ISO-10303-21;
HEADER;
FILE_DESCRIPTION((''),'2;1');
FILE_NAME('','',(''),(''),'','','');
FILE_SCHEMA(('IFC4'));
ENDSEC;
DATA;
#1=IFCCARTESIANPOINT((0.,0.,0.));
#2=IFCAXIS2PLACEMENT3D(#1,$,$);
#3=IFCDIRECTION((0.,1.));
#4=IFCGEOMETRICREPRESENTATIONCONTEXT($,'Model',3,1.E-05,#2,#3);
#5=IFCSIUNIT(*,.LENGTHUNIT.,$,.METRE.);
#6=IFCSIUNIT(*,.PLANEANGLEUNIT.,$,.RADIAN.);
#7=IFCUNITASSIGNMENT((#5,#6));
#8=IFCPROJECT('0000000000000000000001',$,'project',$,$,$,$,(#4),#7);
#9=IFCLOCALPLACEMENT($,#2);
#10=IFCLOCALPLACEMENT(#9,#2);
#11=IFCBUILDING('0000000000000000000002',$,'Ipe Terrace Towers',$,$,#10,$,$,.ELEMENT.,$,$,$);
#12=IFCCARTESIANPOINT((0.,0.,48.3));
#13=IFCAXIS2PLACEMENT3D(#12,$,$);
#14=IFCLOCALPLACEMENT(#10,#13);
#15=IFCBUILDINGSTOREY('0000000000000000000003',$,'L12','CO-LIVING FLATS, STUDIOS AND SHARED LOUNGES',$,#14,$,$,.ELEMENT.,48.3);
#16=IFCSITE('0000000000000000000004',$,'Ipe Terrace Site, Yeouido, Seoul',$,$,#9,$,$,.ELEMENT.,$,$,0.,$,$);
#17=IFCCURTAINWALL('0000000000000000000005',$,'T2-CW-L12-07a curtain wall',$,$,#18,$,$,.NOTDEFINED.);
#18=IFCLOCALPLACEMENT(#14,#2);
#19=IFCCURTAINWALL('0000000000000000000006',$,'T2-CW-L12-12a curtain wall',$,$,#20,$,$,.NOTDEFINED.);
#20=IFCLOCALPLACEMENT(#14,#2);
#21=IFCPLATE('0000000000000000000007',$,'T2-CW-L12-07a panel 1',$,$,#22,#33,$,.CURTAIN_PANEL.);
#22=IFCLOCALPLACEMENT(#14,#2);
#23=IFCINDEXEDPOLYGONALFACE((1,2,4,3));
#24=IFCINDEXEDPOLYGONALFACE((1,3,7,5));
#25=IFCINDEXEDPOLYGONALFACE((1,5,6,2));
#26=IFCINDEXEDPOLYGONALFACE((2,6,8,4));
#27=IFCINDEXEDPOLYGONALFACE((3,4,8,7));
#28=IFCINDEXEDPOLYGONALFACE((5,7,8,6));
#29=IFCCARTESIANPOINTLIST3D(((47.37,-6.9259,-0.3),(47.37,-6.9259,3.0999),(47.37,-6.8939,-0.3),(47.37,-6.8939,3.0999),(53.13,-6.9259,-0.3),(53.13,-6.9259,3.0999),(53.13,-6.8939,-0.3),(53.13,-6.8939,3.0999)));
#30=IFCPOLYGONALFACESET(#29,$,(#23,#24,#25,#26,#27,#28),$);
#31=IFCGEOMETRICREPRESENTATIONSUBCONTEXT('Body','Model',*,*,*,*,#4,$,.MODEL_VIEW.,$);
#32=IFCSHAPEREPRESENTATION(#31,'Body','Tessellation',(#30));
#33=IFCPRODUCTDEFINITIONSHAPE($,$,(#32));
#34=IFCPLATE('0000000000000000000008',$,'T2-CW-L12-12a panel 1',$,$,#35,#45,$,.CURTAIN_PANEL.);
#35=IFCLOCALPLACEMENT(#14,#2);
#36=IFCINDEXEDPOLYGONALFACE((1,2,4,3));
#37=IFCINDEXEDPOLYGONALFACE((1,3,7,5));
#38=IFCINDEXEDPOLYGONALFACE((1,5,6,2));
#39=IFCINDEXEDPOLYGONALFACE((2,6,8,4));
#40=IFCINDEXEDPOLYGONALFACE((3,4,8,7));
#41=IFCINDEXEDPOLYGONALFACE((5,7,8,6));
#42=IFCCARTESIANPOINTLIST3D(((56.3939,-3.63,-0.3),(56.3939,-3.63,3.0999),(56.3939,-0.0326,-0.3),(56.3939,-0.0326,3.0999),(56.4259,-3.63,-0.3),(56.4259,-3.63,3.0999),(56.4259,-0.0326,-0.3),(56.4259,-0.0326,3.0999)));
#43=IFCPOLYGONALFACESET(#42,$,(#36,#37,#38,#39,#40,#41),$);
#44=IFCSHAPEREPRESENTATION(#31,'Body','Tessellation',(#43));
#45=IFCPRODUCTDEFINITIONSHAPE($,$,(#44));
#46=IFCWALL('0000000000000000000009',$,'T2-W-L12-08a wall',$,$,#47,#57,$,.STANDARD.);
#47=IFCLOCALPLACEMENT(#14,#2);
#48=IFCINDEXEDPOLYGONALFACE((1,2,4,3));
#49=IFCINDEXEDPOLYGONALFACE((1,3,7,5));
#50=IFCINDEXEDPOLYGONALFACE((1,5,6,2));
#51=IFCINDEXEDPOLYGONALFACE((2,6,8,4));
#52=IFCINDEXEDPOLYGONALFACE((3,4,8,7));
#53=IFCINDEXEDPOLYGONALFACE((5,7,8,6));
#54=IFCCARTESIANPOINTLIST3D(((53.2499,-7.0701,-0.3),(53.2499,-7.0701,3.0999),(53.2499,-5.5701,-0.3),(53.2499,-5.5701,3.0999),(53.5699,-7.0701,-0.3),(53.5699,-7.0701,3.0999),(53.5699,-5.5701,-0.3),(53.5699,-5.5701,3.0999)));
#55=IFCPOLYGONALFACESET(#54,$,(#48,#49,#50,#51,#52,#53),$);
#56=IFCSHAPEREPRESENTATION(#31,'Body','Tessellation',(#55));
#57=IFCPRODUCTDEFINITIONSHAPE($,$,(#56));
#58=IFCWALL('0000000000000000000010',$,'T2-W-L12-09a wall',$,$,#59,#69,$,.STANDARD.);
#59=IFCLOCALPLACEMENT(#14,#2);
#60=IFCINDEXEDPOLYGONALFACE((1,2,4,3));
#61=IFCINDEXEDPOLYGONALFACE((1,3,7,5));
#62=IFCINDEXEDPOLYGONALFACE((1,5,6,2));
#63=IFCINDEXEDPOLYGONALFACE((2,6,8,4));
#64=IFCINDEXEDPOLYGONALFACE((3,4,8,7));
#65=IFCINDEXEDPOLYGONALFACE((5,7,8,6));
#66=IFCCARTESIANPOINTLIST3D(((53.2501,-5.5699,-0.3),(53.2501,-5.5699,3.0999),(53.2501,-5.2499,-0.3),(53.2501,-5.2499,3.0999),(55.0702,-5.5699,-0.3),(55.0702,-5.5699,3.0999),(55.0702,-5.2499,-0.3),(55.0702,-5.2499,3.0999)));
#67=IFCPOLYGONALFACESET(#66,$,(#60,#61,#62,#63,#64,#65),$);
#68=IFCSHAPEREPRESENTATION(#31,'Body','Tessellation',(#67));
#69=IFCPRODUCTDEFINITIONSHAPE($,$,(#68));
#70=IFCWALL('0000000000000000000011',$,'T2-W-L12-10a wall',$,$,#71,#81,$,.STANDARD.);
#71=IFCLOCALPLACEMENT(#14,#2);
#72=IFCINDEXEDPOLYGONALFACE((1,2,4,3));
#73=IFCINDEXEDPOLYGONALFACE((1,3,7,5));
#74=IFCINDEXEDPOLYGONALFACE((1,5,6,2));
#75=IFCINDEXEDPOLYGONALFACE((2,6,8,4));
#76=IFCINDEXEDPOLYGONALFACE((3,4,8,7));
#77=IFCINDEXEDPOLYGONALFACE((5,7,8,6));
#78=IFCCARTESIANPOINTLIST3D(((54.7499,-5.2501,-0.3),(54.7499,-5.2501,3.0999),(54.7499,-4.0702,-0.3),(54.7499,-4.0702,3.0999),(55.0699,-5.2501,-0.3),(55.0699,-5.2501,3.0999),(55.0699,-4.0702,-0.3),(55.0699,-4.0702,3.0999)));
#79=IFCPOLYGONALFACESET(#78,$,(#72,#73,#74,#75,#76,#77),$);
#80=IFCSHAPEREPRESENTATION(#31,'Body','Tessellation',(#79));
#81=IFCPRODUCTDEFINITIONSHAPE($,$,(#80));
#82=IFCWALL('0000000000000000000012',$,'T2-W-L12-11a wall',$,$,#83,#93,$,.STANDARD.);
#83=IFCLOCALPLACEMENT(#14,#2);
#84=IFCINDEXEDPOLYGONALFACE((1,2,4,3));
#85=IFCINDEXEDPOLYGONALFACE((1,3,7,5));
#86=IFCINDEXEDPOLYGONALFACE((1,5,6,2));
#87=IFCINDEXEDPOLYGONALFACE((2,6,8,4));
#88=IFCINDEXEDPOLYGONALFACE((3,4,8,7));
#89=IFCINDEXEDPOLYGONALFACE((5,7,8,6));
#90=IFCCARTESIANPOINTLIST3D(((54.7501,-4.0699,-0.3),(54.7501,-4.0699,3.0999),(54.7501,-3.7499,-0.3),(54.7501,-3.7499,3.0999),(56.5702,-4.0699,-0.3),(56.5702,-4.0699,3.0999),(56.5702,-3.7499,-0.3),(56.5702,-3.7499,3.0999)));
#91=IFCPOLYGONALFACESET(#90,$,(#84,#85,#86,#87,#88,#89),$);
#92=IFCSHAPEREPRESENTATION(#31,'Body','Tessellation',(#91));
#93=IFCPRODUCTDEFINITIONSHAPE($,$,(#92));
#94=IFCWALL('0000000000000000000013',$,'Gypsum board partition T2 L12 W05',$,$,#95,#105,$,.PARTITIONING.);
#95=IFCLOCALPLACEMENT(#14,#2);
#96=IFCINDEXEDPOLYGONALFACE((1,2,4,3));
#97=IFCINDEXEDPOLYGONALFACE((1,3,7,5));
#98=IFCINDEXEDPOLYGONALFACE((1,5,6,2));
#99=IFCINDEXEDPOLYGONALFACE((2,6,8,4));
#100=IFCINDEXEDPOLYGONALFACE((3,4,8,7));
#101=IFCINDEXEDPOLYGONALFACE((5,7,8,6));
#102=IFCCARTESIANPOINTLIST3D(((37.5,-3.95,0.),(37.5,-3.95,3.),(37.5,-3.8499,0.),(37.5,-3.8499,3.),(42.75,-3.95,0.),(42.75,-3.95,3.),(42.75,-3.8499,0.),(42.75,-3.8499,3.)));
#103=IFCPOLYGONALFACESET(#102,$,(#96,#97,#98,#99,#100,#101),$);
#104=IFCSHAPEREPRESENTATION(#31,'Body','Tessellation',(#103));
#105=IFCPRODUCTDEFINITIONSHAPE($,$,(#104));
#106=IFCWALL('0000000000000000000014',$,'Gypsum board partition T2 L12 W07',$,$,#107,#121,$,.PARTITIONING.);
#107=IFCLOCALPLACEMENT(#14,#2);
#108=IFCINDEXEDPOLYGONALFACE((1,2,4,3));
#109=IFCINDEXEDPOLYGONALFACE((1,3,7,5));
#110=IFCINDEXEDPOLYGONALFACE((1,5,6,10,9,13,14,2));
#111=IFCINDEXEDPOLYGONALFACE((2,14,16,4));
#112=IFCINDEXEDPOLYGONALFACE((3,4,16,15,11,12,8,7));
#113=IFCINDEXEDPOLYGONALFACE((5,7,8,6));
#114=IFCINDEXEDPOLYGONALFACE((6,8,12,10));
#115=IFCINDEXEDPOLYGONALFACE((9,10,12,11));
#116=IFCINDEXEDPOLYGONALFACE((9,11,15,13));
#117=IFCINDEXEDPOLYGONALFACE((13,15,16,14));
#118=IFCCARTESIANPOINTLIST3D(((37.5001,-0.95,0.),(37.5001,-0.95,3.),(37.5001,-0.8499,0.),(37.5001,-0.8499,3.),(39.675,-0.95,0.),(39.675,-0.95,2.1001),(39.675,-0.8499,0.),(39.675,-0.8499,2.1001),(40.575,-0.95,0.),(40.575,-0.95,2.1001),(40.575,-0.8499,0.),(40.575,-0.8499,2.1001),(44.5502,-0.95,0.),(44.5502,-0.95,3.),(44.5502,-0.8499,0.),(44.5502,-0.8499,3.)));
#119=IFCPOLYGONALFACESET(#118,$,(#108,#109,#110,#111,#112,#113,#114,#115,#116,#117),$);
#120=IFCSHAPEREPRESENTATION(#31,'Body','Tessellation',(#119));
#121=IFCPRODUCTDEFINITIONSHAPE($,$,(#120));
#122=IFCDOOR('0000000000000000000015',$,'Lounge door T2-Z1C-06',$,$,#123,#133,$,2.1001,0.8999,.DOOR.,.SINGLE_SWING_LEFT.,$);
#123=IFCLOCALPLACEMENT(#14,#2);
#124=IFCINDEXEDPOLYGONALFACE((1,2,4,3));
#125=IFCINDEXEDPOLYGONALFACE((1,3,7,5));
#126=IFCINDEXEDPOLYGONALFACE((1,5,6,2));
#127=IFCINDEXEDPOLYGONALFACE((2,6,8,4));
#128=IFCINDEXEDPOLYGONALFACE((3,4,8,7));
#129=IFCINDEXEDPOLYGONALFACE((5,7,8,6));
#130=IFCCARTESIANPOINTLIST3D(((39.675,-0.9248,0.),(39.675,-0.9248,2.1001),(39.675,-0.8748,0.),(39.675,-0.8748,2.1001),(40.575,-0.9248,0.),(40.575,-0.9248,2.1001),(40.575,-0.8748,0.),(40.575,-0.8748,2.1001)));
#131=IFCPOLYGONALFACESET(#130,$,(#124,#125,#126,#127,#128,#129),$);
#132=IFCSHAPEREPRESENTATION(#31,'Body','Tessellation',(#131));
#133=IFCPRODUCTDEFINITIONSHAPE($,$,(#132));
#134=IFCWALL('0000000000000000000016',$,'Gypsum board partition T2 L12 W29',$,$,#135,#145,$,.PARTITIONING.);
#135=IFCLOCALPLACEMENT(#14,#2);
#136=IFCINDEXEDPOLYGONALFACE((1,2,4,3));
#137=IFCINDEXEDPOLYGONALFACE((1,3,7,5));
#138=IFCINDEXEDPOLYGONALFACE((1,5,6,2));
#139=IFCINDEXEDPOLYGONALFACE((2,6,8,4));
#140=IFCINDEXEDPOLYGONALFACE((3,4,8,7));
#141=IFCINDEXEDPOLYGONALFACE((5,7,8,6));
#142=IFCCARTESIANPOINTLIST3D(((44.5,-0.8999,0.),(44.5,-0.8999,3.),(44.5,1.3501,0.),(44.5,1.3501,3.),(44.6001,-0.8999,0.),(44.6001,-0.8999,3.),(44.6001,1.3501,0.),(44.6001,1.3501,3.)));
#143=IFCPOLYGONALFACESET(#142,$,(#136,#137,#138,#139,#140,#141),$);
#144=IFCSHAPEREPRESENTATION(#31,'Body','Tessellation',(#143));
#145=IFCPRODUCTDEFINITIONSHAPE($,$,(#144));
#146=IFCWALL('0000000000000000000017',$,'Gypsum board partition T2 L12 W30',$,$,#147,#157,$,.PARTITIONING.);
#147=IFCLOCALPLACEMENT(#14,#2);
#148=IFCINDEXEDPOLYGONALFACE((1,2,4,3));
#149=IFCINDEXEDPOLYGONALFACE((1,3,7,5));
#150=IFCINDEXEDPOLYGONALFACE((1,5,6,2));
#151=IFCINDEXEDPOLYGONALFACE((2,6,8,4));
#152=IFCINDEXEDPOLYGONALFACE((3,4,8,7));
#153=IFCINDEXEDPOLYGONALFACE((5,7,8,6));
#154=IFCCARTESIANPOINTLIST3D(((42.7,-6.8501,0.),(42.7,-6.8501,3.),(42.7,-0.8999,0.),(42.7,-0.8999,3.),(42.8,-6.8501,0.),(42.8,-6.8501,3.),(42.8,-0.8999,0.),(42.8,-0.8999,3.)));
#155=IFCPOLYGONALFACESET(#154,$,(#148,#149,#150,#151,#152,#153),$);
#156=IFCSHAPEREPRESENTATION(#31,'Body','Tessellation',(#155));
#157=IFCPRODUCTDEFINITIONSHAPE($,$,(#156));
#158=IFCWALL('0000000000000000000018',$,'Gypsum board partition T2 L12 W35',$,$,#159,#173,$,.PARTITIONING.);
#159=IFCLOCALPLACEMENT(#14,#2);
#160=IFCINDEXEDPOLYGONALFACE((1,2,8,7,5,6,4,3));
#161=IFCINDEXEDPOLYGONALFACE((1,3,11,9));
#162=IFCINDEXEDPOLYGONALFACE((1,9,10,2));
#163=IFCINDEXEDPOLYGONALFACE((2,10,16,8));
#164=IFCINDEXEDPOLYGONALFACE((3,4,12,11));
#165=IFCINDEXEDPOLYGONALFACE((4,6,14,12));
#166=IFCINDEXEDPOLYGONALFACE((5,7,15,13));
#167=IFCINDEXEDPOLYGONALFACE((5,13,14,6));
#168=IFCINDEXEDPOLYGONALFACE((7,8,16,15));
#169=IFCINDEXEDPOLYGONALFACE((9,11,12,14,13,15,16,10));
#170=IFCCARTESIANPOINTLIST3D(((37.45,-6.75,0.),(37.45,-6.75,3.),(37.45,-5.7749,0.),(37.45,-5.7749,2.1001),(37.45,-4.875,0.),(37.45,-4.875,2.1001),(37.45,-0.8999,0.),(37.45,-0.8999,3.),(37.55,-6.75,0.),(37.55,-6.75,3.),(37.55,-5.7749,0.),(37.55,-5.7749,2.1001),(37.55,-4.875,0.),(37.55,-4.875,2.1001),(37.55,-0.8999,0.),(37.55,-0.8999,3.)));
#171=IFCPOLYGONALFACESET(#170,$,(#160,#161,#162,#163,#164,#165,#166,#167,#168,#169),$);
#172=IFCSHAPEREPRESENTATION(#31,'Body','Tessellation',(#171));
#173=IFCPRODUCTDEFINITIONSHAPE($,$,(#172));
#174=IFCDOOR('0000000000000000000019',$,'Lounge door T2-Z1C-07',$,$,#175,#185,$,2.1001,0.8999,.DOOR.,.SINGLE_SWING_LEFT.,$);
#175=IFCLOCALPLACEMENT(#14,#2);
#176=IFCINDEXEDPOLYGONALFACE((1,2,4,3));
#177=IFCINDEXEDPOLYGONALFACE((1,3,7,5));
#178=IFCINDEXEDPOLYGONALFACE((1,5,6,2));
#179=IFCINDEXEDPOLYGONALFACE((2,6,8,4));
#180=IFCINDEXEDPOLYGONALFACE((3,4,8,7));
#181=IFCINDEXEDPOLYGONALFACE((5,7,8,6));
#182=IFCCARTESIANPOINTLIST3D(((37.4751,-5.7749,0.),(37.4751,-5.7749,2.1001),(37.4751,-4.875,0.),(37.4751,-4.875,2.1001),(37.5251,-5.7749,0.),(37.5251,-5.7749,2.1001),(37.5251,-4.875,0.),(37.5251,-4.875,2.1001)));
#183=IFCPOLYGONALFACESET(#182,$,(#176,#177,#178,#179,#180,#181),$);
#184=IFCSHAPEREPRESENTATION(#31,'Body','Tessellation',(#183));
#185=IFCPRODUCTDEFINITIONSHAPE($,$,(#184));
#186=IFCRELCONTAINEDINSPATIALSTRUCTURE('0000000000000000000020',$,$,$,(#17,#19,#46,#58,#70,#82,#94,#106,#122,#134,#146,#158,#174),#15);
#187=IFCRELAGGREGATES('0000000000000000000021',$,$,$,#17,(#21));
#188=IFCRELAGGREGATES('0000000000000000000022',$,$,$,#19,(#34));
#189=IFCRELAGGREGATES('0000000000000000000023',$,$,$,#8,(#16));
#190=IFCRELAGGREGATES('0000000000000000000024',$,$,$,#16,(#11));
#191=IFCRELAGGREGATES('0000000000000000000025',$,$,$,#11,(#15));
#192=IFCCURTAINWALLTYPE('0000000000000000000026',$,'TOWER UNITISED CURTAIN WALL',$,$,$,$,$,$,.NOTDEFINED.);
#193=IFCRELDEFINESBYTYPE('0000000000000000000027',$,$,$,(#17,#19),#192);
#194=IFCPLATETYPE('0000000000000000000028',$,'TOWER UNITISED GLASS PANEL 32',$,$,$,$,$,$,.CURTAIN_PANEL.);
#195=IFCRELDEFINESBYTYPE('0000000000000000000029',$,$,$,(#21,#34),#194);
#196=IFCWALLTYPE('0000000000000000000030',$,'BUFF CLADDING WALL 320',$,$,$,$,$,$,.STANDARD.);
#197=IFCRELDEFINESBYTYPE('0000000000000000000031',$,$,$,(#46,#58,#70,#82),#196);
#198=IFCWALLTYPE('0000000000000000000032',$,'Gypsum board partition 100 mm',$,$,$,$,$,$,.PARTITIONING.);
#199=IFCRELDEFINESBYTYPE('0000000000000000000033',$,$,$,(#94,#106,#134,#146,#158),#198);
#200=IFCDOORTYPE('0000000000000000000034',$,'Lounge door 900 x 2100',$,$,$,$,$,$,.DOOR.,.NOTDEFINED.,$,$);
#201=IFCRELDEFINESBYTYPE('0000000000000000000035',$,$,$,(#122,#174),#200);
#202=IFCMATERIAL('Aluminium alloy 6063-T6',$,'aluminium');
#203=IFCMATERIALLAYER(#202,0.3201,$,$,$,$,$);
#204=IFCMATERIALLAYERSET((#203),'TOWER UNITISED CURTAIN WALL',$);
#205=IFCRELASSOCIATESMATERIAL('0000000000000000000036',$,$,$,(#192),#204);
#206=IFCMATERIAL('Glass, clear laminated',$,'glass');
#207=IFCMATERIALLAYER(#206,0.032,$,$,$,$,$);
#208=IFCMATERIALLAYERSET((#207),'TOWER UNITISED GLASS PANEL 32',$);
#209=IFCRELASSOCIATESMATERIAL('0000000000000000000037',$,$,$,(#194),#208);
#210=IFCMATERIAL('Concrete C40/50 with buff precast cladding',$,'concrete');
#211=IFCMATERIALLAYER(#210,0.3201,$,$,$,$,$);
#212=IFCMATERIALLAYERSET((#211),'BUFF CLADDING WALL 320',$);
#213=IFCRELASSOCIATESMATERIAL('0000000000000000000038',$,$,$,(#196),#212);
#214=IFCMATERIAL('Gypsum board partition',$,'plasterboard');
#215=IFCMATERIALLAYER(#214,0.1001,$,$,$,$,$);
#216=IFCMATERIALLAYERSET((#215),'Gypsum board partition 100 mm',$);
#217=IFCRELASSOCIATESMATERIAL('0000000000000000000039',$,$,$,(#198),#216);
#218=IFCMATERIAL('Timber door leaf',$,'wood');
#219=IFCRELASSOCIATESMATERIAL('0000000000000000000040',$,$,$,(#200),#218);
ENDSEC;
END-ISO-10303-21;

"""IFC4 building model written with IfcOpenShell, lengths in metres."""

from ifc_helpers import new_model, si_unit, direction, frame, frame_2d, origin, origin_2d, place, context, subcontext, project, spatial, rectangle, extrude, material, layer, layer_set, type_object, element, fill, aggregate, save


model = new_model("IFC4")

# Units and contexts
model_context = context("Model", 3, precision=1e-05, world=origin(), true_north=direction((0.0, 1.0)))
body_context = subcontext(model_context, "Body", "Model", "MODEL_VIEW")
ifc_project = project(units=[si_unit("LENGTHUNIT", "METRE"), si_unit("PLANEANGLEUNIT", "RADIAN")], contexts=[model_context])

# Site, building, storey
site_placement = place(None, origin())
site = spatial("IfcSite", under=ifc_project, at=site_placement, Name="Ipe Terrace Site, Yeouido, Seoul", CompositionType="ELEMENT", RefElevation=0.0)
building_placement = place(site_placement, origin())
building = spatial("IfcBuilding", under=site, at=building_placement, Name="Ipe Terrace Towers", CompositionType="ELEMENT")
storey_placement = place(building_placement, frame((0.0, 0.0, 48.3)))
storey = spatial("IfcBuildingStorey", under=building, at=storey_placement, Name="L12", Description="CO-LIVING FLATS, STUDIOS AND SHARED LOUNGES", CompositionType="ELEMENT", Elevation=48.3)

# Curtain wall
ifc_material_1 = material(Name="Aluminium alloy 6063-T6", Category="aluminium")
ifc_layer_1 = layer(ifc_material_1, 0.3201)
ifc_layer_set_1 = layer_set([ifc_layer_1], Name="TOWER UNITISED CURTAIN WALL")
curtain_wall_type = type_object("IfcCurtainWallType", Name="TOWER UNITISED CURTAIN WALL", PredefinedType="NOTDEFINED", material=ifc_layer_set_1)
curtain_wall_1_placement = place(storey_placement, origin())
curtain_wall_1 = element("IfcCurtainWall", 1, at=curtain_wall_1_placement, inside=storey, type_object=curtain_wall_type, Name="T2-CW-L12-07a curtain wall", PredefinedType="NOTDEFINED")

# Curtain wall
curtain_wall_2_placement = place(storey_placement, origin())
curtain_wall_2 = element("IfcCurtainWall", 2, at=curtain_wall_2_placement, inside=storey, type_object=curtain_wall_type, Name="T2-CW-L12-12a curtain wall", PredefinedType="NOTDEFINED")

# Plates
ifc_material_2 = material(Name="Glass, clear laminated", Category="glass")
ifc_layer_2 = layer(ifc_material_2, 0.032)
ifc_layer_set_2 = layer_set([ifc_layer_2], Name="TOWER UNITISED GLASS PANEL 32")
plate_type = type_object("IfcPlateType", Name="TOWER UNITISED GLASS PANEL 32", PredefinedType="CURTAIN_PANEL", material=ifc_layer_set_2)
plate_1_placement = place(storey_placement, frame((50.25, -6.9099, -0.3), z_axis=(0.0, 0.0, 1.0), x_axis=(1.0, 0.0, 0.0)))
plate_1 = element("IfcPlate", 3, at=plate_1_placement, type_object=plate_type, Name="T2-CW-L12-07a panel 1", PredefinedType="CURTAIN_PANEL", context=body_context, shape_type="SweptSolid", body=[
    extrude(rectangle(XDim=5.76, YDim=0.032, at=origin_2d()), origin(), (0.0, 0.0, 1.0), 3.3999),
])
aggregate(curtain_wall_1, [plate_1])
plate_2_placement = place(storey_placement, frame((56.4099, -1.8313, -0.3), z_axis=(0.0, 0.0, 1.0), x_axis=(0.0, 1.0, 0.0)))
plate_2 = element("IfcPlate", 4, at=plate_2_placement, type_object=plate_type, Name="T2-CW-L12-12a panel 1", PredefinedType="CURTAIN_PANEL", context=body_context, shape_type="SweptSolid", body=[
    extrude(rectangle(XDim=3.5974, YDim=0.032, at=origin_2d()), origin(), (0.0, 0.0, 1.0), 3.3999),
])
aggregate(curtain_wall_2, [plate_2])

# Walls
ifc_material_3 = material(Name="Concrete C40/50 with buff precast cladding", Category="concrete")
ifc_layer_3 = layer(ifc_material_3, 0.3201)
ifc_layer_set_3 = layer_set([ifc_layer_3], Name="BUFF CLADDING WALL 320")
wall_type_1 = type_object("IfcWallType", Name="BUFF CLADDING WALL 320", PredefinedType="STANDARD", material=ifc_layer_set_3)
wall_1_placement = place(storey_placement, frame((53.4099, -7.0701, -0.3), z_axis=(0.0, 0.0, 1.0), x_axis=(0.0, 1.0, 0.0)))
element("IfcWall", 5, at=wall_1_placement, inside=storey, type_object=wall_type_1, Name="T2-W-L12-08a wall", PredefinedType="STANDARD", context=body_context, shape_type="SweptSolid", body=[
    extrude(rectangle(XDim=1.5, YDim=0.3201, at=frame_2d((0.75, 0.0))), origin(), (0.0, 0.0, 1.0), 3.3999),
])
wall_2_placement = place(storey_placement, frame((53.25, -5.4099, -0.3), z_axis=(0.0, 0.0, 1.0), x_axis=(1.0, 0.0, 0.0)))
element("IfcWall", 6, at=wall_2_placement, inside=storey, type_object=wall_type_1, Name="T2-W-L12-09a wall", PredefinedType="STANDARD", context=body_context, shape_type="SweptSolid", body=[
    extrude(rectangle(XDim=1.8201, YDim=0.3201, at=frame_2d((0.9102, 0.0))), origin(), (0.0, 0.0, 1.0), 3.3999),
])
wall_3_placement = place(storey_placement, frame((54.9099, -5.25, -0.3), z_axis=(0.0, 0.0, 1.0), x_axis=(0.0, 1.0, 0.0)))
element("IfcWall", 7, at=wall_3_placement, inside=storey, type_object=wall_type_1, Name="T2-W-L12-10a wall", PredefinedType="STANDARD", context=body_context, shape_type="SweptSolid", body=[
    extrude(rectangle(XDim=1.1799, YDim=0.3201, at=frame_2d((0.5898, 0.0))), origin(), (0.0, 0.0, 1.0), 3.3999),
])
wall_4_placement = place(storey_placement, frame((54.75, -3.9099, -0.3), z_axis=(0.0, 0.0, 1.0), x_axis=(1.0, 0.0, 0.0)))
element("IfcWall", 8, at=wall_4_placement, inside=storey, type_object=wall_type_1, Name="T2-W-L12-11a wall", PredefinedType="STANDARD", context=body_context, shape_type="SweptSolid", body=[
    extrude(rectangle(XDim=1.8201, YDim=0.3201, at=frame_2d((0.9102, 0.0))), origin(), (0.0, 0.0, 1.0), 3.3999),
])
ifc_material_4 = material(Name="Gypsum board partition", Category="plasterboard")
ifc_layer_4 = layer(ifc_material_4, 0.1001)
ifc_layer_set_4 = layer_set([ifc_layer_4], Name="Gypsum board partition 100 mm")
wall_type_2 = type_object("IfcWallType", Name="Gypsum board partition 100 mm", PredefinedType="PARTITIONING", material=ifc_layer_set_4)
wall_5_placement = place(storey_placement, frame((42.75, -3.8999, 0.0), z_axis=(0.0, 0.0, 1.0), x_axis=(-1.0, 0.0, 0.0)))
element("IfcWall", 9, at=wall_5_placement, inside=storey, type_object=wall_type_2, Name="Gypsum board partition T2 L12 W05", PredefinedType="PARTITIONING", context=body_context, shape_type="SweptSolid", body=[
    extrude(rectangle(XDim=5.25, YDim=0.1001, at=frame_2d((2.625, 0.0))), origin(), (0.0, 0.0, 1.0), 3.0),
])

# Wall, opening, door
wall_6_placement = place(storey_placement, frame((44.55, -0.8999, 0.0), z_axis=(0.0, 0.0, 1.0), x_axis=(-1.0, 0.0, 0.0)))
wall_6 = element("IfcWall", 10, at=wall_6_placement, inside=storey, type_object=wall_type_2, Name="Gypsum board partition T2 L12 W07", PredefinedType="PARTITIONING", context=body_context, shape_type="SweptSolid", body=[
    extrude(rectangle(XDim=7.05, YDim=0.1001, at=frame_2d((3.5249, 0.0))), origin(), (0.0, 0.0, 1.0), 3.0),
])
opening_1_placement = place(wall_6_placement, frame((3.9751, 0.0, 0.0)))
opening_1 = element("IfcOpeningElement", 11, at=opening_1_placement, cuts=wall_6, PredefinedType="OPENING", context=body_context, shape_type="SweptSolid", body=[
    extrude(rectangle(XDim=0.8999, YDim=2.1001, at=frame_2d((0.45, 1.05))), frame((0.0, 0.0601, 0.0), z_axis=(0.0, -1.0, 0.0), x_axis=(1.0, 0.0, 0.0)), (0.0, 0.0, 1.0), 0.1201),
])
ifc_material_5 = material(Name="Timber door leaf", Category="wood")
door_type_1 = type_object("IfcDoorType", Name="Lounge door 900 x 2100", OperationType="NOTDEFINED", PredefinedType="DOOR", material=ifc_material_5)
door_1_placement = place(opening_1_placement, origin())
door_1 = element("IfcDoor", 12, at=door_1_placement, inside=storey, type_object=door_type_1, Name="Lounge door T2-Z1C-06", OperationType="SINGLE_SWING_LEFT", OverallHeight=2.1001, OverallWidth=0.8999, PredefinedType="DOOR", context=body_context, shape_type="SweptSolid", body=[
    extrude(rectangle(XDim=0.8999, YDim=2.1001, at=frame_2d((0.45, 1.05))), frame((0.0, 0.0249, 0.0), z_axis=(0.0, -1.0, 0.0), x_axis=(1.0, 0.0, 0.0)), (0.0, 0.0, 1.0), 0.05),
])
fill(opening_1, door_1)

# Walls
wall_7_placement = place(storey_placement, frame((44.55, -0.8999, 0.0), z_axis=(0.0, 0.0, 1.0), x_axis=(0.0, 1.0, 0.0)))
element("IfcWall", 13, at=wall_7_placement, inside=storey, type_object=wall_type_2, Name="Gypsum board partition T2 L12 W29", PredefinedType="PARTITIONING", context=body_context, shape_type="SweptSolid", body=[
    extrude(rectangle(XDim=2.25, YDim=0.1001, at=frame_2d((1.125, 0.0))), origin(), (0.0, 0.0, 1.0), 3.0),
])
wall_8_placement = place(storey_placement, frame((42.75, -6.8501, 0.0), z_axis=(0.0, 0.0, 1.0), x_axis=(0.0, 1.0, 0.0)))
element("IfcWall", 14, at=wall_8_placement, inside=storey, type_object=wall_type_2, Name="Gypsum board partition T2 L12 W30", PredefinedType="PARTITIONING", context=body_context, shape_type="SweptSolid", body=[
    extrude(rectangle(XDim=5.9502, YDim=0.1001, at=frame_2d((2.9751, 0.0))), origin(), (0.0, 0.0, 1.0), 3.0),
])

# Wall, opening, door
wall_9_placement = place(storey_placement, frame((37.5, -6.75, 0.0), z_axis=(0.0, 0.0, 1.0), x_axis=(0.0, 1.0, 0.0)))
wall_9 = element("IfcWall", 15, at=wall_9_placement, inside=storey, type_object=wall_type_2, Name="Gypsum board partition T2 L12 W35", PredefinedType="PARTITIONING", context=body_context, shape_type="SweptSolid", body=[
    extrude(rectangle(XDim=5.8501, YDim=0.1001, at=frame_2d((2.925, 0.0))), origin(), (0.0, 0.0, 1.0), 3.0),
])
opening_2_placement = place(wall_9_placement, frame((0.9751, 0.0, 0.0)))
opening_2 = element("IfcOpeningElement", 16, at=opening_2_placement, cuts=wall_9, PredefinedType="OPENING", context=body_context, shape_type="SweptSolid", body=[
    extrude(rectangle(XDim=0.8999, YDim=2.1001, at=frame_2d((0.45, 1.05))), frame((0.0, 0.0601, 0.0), z_axis=(0.0, -1.0, 0.0), x_axis=(1.0, 0.0, 0.0)), (0.0, 0.0, 1.0), 0.1201),
])
door_2_placement = place(opening_2_placement, origin())
door_2 = element("IfcDoor", 17, at=door_2_placement, inside=storey, type_object=door_type_1, Name="Lounge door T2-Z1C-07", OperationType="SINGLE_SWING_LEFT", OverallHeight=2.1001, OverallWidth=0.8999, PredefinedType="DOOR", context=body_context, shape_type="SweptSolid", body=[
    extrude(rectangle(XDim=0.8999, YDim=2.1001, at=frame_2d((0.45, 1.05))), frame((0.0, 0.0249, 0.0), z_axis=(0.0, -1.0, 0.0), x_axis=(1.0, 0.0, 0.0)), (0.0, 0.0, 1.0), 0.05),
])
fill(opening_2, door_2)

save(model, "model.ifc")
